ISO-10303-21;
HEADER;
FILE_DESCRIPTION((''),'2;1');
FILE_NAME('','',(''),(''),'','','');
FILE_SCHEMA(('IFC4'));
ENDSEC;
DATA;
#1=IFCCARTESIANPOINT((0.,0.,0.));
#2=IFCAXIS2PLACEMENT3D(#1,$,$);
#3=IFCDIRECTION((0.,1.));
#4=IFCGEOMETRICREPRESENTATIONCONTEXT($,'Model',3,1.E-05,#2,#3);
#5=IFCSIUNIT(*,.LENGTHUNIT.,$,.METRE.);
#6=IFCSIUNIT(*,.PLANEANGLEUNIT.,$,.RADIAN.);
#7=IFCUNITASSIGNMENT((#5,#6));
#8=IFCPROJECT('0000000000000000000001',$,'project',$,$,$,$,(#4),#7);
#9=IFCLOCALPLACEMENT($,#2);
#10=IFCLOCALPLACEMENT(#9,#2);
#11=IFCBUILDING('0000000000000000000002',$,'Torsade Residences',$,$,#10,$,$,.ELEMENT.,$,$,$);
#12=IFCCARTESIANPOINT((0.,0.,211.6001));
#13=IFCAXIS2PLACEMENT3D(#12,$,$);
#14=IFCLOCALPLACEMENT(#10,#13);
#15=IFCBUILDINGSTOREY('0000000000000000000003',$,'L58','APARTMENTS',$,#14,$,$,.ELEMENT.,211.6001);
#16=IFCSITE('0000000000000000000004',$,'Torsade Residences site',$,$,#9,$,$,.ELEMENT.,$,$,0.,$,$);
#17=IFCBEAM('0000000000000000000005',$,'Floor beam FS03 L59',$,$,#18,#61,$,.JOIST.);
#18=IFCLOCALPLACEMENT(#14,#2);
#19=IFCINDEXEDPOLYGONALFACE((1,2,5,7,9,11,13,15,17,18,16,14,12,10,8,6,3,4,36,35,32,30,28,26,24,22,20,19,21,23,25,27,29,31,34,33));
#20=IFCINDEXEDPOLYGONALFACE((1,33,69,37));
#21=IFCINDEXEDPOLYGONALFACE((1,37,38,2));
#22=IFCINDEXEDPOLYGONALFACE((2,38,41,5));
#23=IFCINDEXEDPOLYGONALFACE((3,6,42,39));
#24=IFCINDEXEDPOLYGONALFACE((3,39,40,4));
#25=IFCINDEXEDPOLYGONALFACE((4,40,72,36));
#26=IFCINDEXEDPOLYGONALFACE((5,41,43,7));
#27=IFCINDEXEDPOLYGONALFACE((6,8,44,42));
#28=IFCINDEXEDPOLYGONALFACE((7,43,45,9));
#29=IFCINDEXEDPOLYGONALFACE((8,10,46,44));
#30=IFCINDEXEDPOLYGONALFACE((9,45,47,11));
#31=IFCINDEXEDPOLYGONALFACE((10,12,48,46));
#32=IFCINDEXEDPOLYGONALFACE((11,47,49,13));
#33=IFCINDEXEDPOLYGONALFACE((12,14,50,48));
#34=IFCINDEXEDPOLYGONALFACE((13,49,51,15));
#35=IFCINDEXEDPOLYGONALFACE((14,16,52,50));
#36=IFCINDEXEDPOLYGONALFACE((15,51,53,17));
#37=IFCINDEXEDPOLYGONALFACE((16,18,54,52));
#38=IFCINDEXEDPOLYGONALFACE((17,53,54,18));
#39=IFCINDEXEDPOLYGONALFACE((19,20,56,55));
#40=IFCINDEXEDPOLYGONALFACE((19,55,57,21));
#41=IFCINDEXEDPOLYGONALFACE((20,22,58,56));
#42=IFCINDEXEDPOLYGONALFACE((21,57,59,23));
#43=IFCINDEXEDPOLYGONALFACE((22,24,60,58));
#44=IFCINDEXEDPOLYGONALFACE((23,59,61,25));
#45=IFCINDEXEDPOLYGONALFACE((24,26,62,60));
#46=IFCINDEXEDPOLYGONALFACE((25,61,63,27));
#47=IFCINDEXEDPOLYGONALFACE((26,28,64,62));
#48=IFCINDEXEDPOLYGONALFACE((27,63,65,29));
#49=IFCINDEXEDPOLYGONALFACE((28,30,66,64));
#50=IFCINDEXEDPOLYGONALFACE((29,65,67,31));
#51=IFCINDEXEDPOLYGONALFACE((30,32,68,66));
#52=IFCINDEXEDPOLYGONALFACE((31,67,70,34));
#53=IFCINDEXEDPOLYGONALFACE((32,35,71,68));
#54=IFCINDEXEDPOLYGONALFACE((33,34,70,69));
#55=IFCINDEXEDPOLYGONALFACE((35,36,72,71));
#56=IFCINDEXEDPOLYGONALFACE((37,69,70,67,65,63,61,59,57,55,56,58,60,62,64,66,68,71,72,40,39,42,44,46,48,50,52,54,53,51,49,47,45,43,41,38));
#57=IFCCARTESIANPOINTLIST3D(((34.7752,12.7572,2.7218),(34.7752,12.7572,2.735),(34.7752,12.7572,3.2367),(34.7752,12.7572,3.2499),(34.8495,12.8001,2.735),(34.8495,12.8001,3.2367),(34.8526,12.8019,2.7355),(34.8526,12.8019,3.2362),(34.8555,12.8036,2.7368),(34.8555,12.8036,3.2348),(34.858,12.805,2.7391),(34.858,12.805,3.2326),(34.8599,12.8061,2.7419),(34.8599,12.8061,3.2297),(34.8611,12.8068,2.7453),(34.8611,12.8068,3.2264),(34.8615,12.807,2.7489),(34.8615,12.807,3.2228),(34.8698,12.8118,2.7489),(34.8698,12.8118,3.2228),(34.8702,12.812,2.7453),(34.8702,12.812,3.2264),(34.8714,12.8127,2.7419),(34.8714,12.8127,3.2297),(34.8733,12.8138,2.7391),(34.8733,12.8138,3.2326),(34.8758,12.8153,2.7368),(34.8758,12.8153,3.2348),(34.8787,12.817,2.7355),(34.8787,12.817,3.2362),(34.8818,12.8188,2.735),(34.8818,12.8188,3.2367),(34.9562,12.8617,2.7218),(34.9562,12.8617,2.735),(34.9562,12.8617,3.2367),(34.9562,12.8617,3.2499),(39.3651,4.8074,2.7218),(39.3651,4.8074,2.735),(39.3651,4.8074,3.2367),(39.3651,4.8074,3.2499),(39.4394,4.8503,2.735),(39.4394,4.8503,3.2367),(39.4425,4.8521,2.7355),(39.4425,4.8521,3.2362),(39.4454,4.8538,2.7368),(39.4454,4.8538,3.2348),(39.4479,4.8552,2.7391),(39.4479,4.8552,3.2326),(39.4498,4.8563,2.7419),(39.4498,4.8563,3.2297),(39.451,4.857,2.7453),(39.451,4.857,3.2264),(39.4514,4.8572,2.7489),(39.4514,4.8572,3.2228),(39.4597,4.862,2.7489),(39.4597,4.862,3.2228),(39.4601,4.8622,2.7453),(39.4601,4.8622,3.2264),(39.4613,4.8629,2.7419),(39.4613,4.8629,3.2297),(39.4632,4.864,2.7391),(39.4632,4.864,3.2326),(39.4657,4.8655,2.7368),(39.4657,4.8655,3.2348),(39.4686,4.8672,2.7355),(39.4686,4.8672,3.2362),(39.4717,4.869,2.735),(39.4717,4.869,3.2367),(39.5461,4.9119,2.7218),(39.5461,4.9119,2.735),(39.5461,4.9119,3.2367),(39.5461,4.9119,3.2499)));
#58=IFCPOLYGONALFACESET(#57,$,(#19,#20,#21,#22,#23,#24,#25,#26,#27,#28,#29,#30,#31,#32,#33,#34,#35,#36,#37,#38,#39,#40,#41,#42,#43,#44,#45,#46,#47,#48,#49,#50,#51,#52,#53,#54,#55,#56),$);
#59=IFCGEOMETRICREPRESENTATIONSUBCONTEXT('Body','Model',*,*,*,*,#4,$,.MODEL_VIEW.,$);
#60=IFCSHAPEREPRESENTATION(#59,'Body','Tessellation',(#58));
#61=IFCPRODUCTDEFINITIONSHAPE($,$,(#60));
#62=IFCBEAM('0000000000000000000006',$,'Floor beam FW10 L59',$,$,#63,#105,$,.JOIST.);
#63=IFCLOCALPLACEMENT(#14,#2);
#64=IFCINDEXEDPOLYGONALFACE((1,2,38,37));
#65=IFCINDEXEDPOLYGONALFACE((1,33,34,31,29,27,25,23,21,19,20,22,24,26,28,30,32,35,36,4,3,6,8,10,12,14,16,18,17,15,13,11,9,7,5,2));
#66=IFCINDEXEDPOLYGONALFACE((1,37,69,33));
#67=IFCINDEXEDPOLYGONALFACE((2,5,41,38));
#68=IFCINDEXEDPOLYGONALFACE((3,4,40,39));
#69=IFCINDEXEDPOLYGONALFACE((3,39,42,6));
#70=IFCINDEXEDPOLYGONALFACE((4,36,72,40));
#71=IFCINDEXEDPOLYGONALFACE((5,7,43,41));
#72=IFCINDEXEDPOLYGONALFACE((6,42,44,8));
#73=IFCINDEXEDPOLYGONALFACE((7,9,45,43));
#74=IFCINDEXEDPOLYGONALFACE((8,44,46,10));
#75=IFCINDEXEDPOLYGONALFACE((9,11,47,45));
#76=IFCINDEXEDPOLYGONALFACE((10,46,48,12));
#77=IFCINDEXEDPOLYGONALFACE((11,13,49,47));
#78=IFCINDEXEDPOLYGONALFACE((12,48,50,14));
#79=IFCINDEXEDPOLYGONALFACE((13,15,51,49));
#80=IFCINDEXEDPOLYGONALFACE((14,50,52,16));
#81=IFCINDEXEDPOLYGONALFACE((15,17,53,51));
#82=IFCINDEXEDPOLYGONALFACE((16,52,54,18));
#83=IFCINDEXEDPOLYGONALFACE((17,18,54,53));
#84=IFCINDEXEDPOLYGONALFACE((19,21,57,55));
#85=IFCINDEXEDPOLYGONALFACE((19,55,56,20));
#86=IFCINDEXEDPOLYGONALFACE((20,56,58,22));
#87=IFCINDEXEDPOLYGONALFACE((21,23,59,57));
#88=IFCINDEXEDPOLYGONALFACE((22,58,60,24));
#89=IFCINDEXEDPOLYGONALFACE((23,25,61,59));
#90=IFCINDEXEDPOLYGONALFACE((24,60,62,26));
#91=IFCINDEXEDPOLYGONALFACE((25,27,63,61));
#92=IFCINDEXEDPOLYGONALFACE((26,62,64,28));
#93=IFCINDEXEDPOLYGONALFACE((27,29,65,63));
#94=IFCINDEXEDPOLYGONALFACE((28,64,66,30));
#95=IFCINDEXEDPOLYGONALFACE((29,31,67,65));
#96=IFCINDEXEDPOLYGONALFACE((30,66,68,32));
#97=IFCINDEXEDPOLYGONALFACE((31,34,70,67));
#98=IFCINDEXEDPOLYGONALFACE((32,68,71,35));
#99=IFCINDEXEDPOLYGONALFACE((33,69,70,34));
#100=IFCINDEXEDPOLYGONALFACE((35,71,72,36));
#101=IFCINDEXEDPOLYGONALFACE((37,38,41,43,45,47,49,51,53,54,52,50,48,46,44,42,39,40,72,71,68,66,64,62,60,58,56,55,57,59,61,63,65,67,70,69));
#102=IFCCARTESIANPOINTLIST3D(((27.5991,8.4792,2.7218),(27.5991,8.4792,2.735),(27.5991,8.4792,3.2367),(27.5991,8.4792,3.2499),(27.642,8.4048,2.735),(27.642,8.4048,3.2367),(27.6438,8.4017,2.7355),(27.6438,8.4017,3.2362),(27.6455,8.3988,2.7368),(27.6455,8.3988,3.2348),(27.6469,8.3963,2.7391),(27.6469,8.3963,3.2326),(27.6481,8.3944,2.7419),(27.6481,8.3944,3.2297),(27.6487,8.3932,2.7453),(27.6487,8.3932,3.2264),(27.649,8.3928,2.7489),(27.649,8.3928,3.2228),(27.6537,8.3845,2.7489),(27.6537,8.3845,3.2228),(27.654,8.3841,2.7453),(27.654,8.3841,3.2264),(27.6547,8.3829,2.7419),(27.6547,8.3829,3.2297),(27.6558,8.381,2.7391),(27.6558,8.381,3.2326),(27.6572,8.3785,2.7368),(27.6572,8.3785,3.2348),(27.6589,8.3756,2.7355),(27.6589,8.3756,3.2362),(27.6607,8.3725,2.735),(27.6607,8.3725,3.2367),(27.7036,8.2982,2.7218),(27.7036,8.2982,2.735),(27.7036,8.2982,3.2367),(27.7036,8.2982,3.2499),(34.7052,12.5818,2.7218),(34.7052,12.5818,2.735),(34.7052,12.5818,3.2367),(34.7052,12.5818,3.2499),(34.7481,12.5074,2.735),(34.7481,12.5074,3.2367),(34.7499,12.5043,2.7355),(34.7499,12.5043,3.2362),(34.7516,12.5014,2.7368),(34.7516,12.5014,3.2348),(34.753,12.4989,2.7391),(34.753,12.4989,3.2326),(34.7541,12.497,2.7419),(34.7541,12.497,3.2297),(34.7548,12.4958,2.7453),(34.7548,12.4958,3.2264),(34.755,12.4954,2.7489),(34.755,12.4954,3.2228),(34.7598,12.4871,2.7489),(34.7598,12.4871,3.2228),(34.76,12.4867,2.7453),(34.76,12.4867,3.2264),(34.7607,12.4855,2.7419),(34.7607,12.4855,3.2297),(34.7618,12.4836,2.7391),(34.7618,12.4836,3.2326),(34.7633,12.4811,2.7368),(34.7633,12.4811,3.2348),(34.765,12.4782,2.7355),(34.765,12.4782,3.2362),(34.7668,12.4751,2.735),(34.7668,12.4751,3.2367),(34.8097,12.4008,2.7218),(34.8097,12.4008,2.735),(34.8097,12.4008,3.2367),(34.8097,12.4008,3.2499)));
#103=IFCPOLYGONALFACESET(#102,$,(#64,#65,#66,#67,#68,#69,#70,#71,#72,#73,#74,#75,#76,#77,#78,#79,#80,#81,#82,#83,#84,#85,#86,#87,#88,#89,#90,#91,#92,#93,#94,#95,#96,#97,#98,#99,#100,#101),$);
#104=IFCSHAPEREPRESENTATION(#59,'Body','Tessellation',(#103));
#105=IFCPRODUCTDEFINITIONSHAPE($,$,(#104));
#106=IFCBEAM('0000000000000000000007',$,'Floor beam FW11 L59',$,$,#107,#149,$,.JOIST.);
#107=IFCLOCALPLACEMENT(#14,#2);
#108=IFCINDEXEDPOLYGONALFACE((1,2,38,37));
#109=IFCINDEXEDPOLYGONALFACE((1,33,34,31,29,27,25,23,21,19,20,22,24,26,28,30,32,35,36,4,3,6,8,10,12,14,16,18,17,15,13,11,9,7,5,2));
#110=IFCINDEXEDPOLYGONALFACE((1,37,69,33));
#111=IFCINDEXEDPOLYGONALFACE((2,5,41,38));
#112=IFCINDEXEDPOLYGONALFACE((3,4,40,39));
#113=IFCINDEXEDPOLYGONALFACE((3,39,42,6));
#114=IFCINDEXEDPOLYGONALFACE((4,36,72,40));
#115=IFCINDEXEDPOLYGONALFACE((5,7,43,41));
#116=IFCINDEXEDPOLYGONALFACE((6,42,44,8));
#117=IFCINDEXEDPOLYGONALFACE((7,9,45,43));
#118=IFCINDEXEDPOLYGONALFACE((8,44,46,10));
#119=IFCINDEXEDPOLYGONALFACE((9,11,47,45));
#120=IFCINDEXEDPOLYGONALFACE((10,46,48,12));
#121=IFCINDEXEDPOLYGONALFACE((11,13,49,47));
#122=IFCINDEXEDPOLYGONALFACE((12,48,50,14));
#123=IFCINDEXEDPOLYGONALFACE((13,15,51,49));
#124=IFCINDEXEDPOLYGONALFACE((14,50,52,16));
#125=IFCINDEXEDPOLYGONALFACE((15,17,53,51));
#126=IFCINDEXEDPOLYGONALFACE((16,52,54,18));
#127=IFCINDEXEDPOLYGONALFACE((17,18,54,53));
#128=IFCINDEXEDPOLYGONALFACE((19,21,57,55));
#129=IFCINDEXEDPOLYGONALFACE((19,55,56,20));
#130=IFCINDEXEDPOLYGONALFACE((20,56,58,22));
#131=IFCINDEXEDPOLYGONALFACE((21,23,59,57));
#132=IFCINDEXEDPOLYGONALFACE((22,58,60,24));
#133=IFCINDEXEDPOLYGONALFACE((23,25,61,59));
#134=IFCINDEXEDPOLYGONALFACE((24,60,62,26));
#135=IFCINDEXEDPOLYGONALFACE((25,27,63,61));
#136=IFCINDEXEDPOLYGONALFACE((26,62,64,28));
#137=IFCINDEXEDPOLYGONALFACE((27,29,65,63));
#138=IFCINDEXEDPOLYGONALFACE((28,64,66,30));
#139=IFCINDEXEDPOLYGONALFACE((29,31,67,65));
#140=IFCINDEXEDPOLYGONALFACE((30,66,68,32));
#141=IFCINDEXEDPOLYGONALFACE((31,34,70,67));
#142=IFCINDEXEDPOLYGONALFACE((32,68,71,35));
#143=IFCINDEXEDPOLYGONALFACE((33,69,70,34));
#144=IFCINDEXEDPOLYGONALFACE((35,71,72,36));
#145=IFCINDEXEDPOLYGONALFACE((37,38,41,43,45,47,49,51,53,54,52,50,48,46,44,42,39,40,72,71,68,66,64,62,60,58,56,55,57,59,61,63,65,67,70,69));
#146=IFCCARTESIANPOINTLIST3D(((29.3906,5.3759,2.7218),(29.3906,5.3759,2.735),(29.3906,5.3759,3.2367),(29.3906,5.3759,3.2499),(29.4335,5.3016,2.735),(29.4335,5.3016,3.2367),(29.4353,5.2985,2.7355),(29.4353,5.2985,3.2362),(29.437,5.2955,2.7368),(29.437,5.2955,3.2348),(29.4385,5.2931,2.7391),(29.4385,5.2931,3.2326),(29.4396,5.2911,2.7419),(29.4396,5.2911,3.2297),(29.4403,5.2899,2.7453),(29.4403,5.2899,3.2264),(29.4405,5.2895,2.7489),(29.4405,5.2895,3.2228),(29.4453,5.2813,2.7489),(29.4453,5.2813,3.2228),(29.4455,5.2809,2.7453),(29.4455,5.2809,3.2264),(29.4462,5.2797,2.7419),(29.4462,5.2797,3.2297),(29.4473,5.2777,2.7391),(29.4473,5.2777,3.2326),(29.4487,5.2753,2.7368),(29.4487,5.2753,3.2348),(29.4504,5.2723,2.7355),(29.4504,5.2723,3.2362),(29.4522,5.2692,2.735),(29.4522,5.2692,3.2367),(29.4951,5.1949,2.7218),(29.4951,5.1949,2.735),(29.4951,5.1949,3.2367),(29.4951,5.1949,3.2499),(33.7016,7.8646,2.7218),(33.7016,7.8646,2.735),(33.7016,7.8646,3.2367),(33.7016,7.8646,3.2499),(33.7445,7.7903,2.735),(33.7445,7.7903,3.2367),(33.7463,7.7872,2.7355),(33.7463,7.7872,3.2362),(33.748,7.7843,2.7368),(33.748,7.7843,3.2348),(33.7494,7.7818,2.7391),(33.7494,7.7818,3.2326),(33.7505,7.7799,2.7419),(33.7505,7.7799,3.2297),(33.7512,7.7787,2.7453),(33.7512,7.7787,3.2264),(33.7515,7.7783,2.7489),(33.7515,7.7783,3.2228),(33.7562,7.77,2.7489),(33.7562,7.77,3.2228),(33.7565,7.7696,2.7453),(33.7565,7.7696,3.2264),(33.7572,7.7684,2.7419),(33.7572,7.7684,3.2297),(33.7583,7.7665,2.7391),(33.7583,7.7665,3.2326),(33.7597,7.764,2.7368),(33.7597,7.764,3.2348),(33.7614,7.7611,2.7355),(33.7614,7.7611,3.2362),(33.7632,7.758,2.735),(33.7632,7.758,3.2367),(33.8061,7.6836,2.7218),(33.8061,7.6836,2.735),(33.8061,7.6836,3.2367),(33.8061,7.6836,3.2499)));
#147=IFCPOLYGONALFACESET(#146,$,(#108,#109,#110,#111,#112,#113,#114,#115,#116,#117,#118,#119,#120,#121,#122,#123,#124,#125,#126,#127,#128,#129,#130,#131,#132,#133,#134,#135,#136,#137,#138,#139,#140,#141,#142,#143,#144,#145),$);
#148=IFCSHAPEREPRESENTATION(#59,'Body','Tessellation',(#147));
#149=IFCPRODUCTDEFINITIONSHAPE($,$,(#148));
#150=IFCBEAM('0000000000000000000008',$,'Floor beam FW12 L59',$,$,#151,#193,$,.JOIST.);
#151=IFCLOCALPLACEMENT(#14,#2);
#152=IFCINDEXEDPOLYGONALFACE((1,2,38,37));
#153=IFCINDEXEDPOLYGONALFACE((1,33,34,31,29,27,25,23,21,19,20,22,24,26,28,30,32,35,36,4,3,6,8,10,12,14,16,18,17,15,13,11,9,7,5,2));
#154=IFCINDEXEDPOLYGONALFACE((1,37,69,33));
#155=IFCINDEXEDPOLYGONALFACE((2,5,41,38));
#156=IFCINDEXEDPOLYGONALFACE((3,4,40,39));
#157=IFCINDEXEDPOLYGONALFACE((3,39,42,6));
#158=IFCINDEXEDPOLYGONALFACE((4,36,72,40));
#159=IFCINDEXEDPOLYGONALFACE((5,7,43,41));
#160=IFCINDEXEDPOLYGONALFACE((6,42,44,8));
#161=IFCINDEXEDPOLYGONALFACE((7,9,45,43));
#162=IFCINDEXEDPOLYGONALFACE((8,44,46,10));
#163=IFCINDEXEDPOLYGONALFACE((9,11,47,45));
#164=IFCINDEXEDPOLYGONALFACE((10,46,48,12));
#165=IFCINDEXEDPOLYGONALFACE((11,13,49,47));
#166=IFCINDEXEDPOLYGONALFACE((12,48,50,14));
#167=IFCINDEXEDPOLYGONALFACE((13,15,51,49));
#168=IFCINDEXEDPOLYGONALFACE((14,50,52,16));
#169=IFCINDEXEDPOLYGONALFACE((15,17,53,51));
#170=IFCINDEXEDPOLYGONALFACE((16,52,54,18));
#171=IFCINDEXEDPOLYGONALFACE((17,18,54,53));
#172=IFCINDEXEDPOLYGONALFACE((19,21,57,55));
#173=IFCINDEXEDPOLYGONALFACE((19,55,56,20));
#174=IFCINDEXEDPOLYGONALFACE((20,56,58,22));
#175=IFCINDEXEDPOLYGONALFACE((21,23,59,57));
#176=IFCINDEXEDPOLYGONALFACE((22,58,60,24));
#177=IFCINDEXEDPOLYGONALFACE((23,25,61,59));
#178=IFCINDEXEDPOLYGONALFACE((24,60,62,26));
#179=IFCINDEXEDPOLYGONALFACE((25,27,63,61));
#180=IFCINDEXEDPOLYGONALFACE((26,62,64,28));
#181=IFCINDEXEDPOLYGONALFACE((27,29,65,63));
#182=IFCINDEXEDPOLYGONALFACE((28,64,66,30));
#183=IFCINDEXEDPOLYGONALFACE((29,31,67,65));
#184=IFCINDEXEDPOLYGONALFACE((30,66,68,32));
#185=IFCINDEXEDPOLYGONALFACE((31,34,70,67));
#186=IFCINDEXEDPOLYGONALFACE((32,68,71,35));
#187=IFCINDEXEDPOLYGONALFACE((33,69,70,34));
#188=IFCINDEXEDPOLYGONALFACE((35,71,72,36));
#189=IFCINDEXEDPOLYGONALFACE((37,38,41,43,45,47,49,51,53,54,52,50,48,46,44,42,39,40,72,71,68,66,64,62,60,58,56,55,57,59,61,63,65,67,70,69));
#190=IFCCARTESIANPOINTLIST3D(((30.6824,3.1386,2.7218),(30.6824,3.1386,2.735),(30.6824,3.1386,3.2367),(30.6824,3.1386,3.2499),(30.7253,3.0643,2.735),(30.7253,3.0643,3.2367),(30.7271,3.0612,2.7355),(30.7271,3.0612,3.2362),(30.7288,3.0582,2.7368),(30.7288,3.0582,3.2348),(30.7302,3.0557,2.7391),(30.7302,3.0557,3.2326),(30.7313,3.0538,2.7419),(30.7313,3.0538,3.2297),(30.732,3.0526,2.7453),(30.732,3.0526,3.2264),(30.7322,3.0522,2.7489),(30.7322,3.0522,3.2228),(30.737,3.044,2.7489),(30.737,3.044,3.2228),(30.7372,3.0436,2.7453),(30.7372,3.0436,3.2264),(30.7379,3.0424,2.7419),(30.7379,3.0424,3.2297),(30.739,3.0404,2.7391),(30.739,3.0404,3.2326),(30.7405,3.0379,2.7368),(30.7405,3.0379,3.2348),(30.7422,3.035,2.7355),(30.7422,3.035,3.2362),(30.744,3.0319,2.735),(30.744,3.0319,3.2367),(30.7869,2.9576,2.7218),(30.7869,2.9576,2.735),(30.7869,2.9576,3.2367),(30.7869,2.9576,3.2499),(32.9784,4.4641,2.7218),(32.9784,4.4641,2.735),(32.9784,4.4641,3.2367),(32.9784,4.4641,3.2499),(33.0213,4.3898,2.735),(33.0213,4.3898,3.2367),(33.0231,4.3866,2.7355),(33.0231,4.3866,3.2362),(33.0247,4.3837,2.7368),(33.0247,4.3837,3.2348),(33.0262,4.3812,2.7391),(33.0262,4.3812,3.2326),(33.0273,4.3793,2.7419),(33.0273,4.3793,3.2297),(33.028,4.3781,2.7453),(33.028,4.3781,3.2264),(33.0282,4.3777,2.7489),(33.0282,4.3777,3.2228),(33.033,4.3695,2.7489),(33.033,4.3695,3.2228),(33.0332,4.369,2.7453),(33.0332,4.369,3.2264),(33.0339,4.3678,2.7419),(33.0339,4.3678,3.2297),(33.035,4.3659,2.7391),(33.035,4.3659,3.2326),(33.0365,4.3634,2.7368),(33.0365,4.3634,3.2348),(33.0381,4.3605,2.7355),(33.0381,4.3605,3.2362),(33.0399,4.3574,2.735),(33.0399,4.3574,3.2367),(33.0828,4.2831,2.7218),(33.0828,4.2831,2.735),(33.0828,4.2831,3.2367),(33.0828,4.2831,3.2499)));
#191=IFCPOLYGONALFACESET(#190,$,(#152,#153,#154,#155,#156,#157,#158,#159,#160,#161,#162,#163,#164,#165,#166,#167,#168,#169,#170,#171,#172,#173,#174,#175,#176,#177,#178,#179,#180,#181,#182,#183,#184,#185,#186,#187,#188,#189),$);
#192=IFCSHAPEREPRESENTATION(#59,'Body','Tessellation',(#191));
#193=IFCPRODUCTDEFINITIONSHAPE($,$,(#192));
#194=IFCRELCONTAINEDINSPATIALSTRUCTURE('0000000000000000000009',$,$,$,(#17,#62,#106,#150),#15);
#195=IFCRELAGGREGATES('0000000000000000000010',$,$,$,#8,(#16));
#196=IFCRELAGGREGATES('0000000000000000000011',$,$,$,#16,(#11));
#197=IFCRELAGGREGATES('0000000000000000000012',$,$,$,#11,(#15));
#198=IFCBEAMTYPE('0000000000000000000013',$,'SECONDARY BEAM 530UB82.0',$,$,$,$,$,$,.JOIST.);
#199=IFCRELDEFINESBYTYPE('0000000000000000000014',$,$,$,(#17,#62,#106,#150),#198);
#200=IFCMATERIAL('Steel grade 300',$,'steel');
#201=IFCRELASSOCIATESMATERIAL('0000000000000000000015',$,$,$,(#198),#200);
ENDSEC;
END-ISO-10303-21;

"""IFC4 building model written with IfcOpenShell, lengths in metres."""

from ifc_helpers import new_model, si_unit, direction, frame, origin, origin_2d, place, context, subcontext, project, spatial, i_section, extrude, material, material_profile, profile_set, type_object, element, save


model = new_model("IFC4")

# Units and contexts
model_context = context("Model", 3, precision=1e-05, world=origin(), true_north=direction((0.0, 1.0)))
body_context = subcontext(model_context, "Body", "Model", "MODEL_VIEW")
ifc_project = project(units=[si_unit("LENGTHUNIT", "METRE"), si_unit("PLANEANGLEUNIT", "RADIAN")], contexts=[model_context])

# Site, building, storey
site_placement = place(None, origin())
site = spatial("IfcSite", under=ifc_project, at=site_placement, Name="Torsade Residences site", CompositionType="ELEMENT", RefElevation=0.0)
building_placement = place(site_placement, origin())
building = spatial("IfcBuilding", under=site, at=building_placement, Name="Torsade Residences", CompositionType="ELEMENT")
storey_placement = place(building_placement, frame((0.0, 0.0, 211.6001)))
storey = spatial("IfcBuildingStorey", under=building, at=storey_placement, Name="L58", Description="APARTMENTS", CompositionType="ELEMENT", Elevation=211.6001)

# Beams
ifc_material_1 = material(Name="Steel grade 300", Category="steel")
ifc_material_profile_1 = material_profile(ifc_material_1, i_section(OverallWidth=0.209, OverallDepth=0.5281, WebThickness=0.0095, FlangeThickness=0.0132, FilletRadius=0.0139, at=origin_2d()), Name="530UB82.0")
ifc_profile_set_1 = profile_set([ifc_material_profile_1], Name="Steel grade 300")
beam_type_1 = type_object("IfcBeamType", Name="SECONDARY BEAM 530UB82.0", PredefinedType="JOIST", material=ifc_profile_set_1)
beam_1_placement = place(storey_placement, frame((39.4556, 4.8596, 2.9858), z_axis=(-0.500006, 0.866022, 0.0), x_axis=(-0.866022, -0.500006, 0.0)))
element("IfcBeam", 1, at=beam_1_placement, inside=storey, type_object=beam_type_1, Name="Floor beam FS03 L59", PredefinedType="JOIST", context=body_context, shape_type="SweptSolid", body=[
    extrude(i_section(OverallWidth=0.209, OverallDepth=0.5281, WebThickness=0.0095, FlangeThickness=0.0132, FilletRadius=0.0139, at=origin_2d()), origin(), (0.0, 0.0, 1.0), 9.1797),
])
beam_2_placement = place(storey_placement, frame((27.6514, 8.3887, 2.9858), z_axis=(0.86603, 0.499992, 0.0), x_axis=(-0.499992, 0.86603, 0.0)))
element("IfcBeam", 2, at=beam_2_placement, inside=storey, type_object=beam_type_1, Name="Floor beam FW10 L59", PredefinedType="JOIST", context=body_context, shape_type="SweptSolid", body=[
    extrude(i_section(OverallWidth=0.209, OverallDepth=0.5281, WebThickness=0.0095, FlangeThickness=0.0132, FilletRadius=0.0139, at=origin_2d()), origin(), (0.0, 0.0, 1.0), 8.2053),
])
beam_3_placement = place(storey_placement, frame((29.4429, 5.2854, 2.9858), z_axis=(0.866043, 0.499969, 0.0), x_axis=(-0.499969, 0.866043, 0.0)))
element("IfcBeam", 3, at=beam_3_placement, inside=storey, type_object=beam_type_1, Name="Floor beam FW11 L59", PredefinedType="JOIST", context=body_context, shape_type="SweptSolid", body=[
    extrude(i_section(OverallWidth=0.209, OverallDepth=0.5281, WebThickness=0.0095, FlangeThickness=0.0132, FilletRadius=0.0139, at=origin_2d()), origin(), (0.0, 0.0, 1.0), 4.9778),
])
beam_4_placement = place(storey_placement, frame((30.7346, 3.0481, 2.9858), z_axis=(0.866041, 0.499972, 0.0), x_axis=(-0.499972, 0.866041, 0.0)))
element("IfcBeam", 4, at=beam_4_placement, inside=storey, type_object=beam_type_1, Name="Floor beam FW12 L59", PredefinedType="JOIST", context=body_context, shape_type="SweptSolid", body=[
    extrude(i_section(OverallWidth=0.209, OverallDepth=0.5281, WebThickness=0.0095, FlangeThickness=0.0132, FilletRadius=0.0139, at=origin_2d()), origin(), (0.0, 0.0, 1.0), 2.6511),
])

save(model, "model.ifc")
